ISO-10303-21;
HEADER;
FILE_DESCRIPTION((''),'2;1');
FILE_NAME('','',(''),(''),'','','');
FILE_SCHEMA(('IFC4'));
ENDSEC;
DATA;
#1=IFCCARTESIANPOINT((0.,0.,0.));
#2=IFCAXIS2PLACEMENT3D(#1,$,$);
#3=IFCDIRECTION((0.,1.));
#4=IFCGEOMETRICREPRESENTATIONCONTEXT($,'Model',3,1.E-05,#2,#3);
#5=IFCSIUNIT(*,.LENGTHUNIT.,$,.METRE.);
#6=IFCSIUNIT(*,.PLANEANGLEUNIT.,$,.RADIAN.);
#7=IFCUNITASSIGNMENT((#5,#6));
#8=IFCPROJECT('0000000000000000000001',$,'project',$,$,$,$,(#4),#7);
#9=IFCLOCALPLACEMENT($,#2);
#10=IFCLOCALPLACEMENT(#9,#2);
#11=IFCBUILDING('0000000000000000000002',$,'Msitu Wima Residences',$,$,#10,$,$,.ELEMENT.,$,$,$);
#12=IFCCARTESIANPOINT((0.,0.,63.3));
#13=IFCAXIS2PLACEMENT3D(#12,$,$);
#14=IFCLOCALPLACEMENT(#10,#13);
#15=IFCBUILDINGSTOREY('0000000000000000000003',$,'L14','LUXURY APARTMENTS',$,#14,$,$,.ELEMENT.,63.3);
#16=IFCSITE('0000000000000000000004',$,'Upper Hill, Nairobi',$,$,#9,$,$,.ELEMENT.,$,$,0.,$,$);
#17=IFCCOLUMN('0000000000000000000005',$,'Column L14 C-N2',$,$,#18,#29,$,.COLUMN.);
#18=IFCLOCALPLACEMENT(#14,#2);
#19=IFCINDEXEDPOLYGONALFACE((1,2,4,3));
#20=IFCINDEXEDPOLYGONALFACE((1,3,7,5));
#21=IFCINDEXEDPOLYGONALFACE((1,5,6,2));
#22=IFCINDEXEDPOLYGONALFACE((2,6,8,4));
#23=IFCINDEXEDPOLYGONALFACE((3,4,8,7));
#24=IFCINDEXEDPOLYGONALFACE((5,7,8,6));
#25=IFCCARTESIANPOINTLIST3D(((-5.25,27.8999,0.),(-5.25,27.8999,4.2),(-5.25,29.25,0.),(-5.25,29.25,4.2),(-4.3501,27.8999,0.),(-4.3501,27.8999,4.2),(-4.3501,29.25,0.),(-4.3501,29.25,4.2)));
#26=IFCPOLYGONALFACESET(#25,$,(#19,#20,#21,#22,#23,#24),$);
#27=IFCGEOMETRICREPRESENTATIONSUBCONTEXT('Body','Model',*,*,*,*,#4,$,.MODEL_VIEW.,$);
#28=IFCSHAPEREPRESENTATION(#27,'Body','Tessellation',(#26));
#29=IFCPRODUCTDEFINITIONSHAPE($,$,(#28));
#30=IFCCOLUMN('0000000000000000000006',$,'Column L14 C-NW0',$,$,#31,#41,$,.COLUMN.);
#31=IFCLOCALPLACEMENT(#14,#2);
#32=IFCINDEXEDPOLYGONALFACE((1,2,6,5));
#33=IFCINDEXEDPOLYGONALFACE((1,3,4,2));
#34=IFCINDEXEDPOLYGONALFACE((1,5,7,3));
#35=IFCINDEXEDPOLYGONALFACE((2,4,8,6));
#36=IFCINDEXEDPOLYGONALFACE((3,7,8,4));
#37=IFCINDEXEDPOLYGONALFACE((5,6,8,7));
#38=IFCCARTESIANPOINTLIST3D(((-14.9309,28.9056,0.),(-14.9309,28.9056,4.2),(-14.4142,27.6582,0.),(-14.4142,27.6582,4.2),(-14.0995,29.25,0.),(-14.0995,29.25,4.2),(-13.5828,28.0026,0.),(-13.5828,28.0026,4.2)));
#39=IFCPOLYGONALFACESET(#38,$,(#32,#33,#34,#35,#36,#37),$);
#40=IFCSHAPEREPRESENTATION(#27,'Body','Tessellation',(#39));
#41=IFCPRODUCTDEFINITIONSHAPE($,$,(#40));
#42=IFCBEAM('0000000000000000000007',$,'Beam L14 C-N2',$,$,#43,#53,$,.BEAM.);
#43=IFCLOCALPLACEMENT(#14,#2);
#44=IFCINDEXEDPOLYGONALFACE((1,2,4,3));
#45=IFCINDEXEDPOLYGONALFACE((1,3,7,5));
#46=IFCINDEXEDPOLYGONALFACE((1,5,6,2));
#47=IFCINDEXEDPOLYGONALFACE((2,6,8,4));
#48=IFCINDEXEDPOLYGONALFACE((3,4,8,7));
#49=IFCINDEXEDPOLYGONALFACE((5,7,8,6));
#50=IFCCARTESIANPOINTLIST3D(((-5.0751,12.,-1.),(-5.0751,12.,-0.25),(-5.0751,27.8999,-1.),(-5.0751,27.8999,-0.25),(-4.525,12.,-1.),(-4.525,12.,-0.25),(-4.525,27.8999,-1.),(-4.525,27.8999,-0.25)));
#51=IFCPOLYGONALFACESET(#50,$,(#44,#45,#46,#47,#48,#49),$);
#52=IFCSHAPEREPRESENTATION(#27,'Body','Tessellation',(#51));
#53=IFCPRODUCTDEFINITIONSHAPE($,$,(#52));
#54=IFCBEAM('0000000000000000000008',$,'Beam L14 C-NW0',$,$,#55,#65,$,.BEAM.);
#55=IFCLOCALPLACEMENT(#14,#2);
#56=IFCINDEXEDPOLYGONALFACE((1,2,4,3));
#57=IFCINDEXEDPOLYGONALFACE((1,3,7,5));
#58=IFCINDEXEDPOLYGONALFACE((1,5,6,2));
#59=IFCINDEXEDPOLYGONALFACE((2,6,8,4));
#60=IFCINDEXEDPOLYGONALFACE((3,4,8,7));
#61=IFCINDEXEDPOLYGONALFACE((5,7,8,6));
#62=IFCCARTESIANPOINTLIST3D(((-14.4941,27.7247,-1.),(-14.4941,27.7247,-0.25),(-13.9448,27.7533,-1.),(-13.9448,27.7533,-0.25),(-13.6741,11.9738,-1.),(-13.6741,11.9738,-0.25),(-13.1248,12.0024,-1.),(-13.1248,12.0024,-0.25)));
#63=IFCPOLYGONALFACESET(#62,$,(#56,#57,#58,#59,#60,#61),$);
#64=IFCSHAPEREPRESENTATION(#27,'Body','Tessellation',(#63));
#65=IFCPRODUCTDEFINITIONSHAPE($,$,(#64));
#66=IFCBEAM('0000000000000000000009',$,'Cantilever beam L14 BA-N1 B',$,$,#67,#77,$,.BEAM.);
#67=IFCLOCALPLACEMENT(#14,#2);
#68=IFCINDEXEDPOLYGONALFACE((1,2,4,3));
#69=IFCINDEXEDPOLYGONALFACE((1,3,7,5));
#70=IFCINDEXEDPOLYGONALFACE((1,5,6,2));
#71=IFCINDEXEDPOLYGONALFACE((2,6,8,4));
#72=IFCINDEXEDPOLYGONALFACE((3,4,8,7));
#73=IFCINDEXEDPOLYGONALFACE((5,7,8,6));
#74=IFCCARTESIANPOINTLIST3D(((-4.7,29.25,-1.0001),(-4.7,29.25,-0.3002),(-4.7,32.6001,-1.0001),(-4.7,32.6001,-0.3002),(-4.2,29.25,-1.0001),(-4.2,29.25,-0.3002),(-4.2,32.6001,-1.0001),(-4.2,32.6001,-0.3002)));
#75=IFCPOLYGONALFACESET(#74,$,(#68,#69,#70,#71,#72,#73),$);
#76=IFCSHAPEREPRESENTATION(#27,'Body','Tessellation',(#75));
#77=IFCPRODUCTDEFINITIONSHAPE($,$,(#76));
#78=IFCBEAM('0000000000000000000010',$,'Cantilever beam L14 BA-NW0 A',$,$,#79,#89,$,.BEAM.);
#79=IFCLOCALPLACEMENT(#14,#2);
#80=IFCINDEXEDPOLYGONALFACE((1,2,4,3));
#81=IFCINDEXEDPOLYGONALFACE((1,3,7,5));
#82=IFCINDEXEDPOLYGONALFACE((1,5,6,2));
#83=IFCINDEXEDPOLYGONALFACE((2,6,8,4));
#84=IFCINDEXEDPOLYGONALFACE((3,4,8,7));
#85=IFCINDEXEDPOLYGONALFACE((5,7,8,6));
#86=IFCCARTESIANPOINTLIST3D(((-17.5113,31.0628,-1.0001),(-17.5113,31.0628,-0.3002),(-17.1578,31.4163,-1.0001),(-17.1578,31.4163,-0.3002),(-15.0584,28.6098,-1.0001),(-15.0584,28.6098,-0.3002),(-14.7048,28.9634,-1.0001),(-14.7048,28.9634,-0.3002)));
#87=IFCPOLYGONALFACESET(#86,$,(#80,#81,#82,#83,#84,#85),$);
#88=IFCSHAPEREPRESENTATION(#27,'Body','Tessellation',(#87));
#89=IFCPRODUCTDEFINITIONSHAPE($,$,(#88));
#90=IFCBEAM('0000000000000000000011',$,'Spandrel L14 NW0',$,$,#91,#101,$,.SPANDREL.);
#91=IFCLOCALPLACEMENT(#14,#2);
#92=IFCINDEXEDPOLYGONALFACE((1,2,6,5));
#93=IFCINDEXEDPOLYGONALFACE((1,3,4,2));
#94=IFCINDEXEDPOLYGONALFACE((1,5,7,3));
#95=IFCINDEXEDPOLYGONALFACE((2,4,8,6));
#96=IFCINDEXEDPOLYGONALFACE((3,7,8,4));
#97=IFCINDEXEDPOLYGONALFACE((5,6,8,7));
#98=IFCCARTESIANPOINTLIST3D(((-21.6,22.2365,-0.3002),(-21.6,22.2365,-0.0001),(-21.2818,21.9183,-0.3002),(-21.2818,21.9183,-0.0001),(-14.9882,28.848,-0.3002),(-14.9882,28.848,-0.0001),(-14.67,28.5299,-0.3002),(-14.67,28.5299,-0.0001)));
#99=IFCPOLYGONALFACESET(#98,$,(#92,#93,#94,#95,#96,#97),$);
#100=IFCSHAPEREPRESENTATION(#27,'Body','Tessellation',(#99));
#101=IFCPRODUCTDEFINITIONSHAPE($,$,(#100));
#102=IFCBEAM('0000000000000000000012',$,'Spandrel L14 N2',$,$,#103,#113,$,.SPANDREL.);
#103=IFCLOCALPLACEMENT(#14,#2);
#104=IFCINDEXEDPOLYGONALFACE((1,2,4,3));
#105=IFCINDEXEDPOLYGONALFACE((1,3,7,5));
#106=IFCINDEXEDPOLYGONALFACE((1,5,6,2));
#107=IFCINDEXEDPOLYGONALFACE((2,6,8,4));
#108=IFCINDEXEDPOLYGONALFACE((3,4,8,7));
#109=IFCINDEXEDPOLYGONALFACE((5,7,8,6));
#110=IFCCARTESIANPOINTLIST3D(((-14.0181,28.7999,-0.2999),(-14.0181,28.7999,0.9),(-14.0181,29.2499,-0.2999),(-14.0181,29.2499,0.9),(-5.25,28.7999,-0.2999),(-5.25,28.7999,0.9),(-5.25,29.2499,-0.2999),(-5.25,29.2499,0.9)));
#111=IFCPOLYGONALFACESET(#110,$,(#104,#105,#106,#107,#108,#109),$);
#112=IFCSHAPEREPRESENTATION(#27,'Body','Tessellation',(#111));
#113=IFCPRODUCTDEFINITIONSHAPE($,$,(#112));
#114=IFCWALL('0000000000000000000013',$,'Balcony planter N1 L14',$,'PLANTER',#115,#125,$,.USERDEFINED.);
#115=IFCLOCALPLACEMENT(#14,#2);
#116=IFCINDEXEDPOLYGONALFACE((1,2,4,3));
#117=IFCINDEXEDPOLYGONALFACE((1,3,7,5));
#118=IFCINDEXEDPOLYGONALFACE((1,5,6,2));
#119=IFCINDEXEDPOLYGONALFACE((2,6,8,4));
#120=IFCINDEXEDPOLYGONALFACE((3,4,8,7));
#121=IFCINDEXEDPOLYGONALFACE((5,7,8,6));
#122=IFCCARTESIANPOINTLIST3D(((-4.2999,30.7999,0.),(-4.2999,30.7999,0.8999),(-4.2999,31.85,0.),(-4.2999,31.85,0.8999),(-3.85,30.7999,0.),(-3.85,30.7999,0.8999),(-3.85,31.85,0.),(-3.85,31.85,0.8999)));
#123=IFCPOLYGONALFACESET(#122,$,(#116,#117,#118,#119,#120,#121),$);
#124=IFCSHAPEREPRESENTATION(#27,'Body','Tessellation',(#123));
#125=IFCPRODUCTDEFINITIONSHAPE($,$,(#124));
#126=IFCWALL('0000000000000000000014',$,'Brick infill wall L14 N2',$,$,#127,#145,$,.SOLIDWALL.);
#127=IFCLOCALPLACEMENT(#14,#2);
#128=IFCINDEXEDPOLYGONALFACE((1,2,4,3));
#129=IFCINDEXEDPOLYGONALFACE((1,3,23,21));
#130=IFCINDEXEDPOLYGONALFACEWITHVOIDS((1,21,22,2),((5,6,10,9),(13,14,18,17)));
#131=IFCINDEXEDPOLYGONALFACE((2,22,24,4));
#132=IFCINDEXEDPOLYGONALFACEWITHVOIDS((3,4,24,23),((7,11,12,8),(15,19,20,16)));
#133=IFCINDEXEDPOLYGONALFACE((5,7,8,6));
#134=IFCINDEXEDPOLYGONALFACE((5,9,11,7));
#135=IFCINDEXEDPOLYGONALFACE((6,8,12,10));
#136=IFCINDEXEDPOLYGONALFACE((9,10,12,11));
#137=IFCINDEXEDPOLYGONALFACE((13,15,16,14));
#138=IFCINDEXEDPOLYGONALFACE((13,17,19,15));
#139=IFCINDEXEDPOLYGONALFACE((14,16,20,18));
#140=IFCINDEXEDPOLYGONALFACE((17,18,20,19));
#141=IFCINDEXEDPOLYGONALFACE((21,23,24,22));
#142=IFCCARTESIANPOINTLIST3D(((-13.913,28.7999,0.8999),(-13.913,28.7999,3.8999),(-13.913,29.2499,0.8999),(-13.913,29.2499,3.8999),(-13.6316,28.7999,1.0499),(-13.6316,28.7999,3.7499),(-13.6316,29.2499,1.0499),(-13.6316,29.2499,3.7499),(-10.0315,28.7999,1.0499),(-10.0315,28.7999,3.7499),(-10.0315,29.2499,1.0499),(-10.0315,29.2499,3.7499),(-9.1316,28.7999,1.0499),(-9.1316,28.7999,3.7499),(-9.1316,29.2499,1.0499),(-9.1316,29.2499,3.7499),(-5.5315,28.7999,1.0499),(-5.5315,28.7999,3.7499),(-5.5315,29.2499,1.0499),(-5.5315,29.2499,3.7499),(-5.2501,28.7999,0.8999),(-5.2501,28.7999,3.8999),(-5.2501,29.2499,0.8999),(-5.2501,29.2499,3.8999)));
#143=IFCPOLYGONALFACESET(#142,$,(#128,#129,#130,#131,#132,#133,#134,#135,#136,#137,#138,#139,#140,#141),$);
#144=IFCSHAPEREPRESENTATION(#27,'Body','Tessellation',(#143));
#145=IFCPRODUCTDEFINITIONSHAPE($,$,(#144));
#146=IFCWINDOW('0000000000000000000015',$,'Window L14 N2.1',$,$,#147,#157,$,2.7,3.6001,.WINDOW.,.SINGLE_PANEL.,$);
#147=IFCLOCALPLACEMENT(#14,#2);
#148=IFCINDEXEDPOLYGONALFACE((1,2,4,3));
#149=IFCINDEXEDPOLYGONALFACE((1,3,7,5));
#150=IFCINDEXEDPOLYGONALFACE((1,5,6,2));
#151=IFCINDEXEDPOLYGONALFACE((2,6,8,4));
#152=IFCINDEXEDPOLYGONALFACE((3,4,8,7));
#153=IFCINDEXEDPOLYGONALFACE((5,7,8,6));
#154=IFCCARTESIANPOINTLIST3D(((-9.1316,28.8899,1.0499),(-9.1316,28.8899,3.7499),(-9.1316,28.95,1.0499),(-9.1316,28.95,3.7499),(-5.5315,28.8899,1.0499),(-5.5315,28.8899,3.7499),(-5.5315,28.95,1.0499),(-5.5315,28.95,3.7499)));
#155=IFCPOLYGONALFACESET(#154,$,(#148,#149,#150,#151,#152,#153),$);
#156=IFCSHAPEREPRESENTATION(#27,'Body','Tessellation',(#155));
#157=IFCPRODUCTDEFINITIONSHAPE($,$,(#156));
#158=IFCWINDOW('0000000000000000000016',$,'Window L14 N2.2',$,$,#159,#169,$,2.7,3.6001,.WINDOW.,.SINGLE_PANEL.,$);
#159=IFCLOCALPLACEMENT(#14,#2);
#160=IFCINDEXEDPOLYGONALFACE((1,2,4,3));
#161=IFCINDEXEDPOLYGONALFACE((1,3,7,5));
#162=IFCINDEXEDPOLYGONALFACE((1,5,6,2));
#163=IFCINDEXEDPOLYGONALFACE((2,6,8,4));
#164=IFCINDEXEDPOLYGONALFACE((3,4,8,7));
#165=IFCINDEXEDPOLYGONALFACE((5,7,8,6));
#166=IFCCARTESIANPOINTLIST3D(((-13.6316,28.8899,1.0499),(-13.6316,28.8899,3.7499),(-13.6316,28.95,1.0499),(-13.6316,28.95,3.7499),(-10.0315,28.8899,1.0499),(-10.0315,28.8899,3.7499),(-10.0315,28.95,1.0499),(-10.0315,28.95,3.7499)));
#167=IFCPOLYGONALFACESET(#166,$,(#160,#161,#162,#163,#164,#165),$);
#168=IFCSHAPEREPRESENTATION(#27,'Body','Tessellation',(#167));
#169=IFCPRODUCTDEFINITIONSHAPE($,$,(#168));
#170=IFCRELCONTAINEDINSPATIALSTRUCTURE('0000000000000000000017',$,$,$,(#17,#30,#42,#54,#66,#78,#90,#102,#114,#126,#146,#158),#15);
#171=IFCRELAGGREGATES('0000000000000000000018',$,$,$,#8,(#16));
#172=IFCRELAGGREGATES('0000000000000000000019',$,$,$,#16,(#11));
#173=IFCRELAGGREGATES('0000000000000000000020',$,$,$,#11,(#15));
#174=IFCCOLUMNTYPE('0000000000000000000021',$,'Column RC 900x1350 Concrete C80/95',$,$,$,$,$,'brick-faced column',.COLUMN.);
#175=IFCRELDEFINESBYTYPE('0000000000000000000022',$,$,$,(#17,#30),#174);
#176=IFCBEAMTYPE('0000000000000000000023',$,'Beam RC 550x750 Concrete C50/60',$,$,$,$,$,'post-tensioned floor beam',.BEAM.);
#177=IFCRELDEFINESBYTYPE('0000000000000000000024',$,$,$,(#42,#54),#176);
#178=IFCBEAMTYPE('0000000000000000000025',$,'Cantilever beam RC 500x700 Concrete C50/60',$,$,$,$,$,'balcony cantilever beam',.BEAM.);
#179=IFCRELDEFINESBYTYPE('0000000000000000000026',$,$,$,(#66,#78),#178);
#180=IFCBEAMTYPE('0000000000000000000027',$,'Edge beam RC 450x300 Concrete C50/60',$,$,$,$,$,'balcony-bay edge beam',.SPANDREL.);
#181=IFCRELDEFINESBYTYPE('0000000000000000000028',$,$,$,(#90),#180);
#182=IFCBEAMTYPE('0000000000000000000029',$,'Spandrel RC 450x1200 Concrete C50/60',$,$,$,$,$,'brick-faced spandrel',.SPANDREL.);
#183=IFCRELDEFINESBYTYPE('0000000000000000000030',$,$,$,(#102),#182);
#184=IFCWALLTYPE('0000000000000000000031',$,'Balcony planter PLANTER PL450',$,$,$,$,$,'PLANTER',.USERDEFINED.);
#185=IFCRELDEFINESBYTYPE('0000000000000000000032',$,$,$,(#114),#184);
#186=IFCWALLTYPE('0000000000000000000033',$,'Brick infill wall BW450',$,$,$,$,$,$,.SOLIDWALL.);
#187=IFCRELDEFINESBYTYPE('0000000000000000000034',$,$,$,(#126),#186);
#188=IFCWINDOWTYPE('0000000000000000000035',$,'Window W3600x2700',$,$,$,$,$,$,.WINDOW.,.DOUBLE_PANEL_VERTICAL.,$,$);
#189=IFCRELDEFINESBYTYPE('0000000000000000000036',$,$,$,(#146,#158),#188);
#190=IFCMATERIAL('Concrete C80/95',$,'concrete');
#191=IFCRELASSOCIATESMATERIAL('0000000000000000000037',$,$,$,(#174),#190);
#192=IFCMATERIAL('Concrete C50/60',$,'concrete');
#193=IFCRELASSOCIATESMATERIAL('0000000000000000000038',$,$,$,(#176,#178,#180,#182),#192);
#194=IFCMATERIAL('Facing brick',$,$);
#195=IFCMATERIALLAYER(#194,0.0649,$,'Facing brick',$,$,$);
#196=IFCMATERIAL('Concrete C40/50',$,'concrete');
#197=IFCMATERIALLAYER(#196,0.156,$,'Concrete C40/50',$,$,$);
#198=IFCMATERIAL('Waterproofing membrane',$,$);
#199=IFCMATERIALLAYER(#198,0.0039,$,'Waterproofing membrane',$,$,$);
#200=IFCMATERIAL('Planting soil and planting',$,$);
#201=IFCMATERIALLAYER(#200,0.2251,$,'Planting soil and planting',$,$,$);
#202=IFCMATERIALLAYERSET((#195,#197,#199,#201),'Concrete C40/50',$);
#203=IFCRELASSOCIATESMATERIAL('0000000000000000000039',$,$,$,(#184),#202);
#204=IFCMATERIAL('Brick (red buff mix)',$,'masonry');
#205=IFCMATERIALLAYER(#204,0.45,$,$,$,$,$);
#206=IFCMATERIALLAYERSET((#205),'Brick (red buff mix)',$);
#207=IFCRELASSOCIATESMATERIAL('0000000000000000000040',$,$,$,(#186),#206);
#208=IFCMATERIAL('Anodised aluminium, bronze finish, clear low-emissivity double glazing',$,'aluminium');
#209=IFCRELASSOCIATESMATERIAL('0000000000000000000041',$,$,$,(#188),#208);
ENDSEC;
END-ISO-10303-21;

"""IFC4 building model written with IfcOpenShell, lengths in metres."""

from ifc_helpers import new_model, si_unit, direction, frame, frame_2d, origin, origin_2d, place, context, subcontext, project, spatial, rectangle, extrude, material, layer, layer_set, material_profile, profile_set, type_object, element, fill, save


model = new_model("IFC4")

# Units and contexts
model_context = context("Model", 3, precision=1e-05, world=origin(), true_north=direction((0.0, 1.0)))
body_context = subcontext(model_context, "Body", "Model", "MODEL_VIEW")
ifc_project = project(units=[si_unit("LENGTHUNIT", "METRE"), si_unit("PLANEANGLEUNIT", "RADIAN")], contexts=[model_context])

# Site, building, storey
site_placement = place(None, origin())
site = spatial("IfcSite", under=ifc_project, at=site_placement, Name="Upper Hill, Nairobi", CompositionType="ELEMENT", RefElevation=0.0)
building_placement = place(site_placement, origin())
building = spatial("IfcBuilding", under=site, at=building_placement, Name="Msitu Wima Residences", CompositionType="ELEMENT")
storey_placement = place(building_placement, frame((0.0, 0.0, 63.3)))
storey = spatial("IfcBuildingStorey", under=building, at=storey_placement, Name="L14", Description="LUXURY APARTMENTS", CompositionType="ELEMENT", Elevation=63.3)

# Columns
ifc_material_1 = material(Name="Concrete C80/95", Category="concrete")
ifc_material_profile_1 = material_profile(ifc_material_1, rectangle(XDim=0.8999, YDim=1.3501, at=origin_2d()), Name="RC 900x1350")
ifc_profile_set_1 = profile_set([ifc_material_profile_1], Name="Concrete C80/95")
column_type = type_object("IfcColumnType", Name="Column RC 900x1350 Concrete C80/95", ElementType="brick-faced column", PredefinedType="COLUMN", material=ifc_profile_set_1)
for number, where, z_axis, x_axis, name in (
    (1, (-4.8, 28.575, 0.0), (0.0, 0.0, 1.0), (-1.0, 0.0, 0.0), "Column L14 C-N2"),
    (2, (-14.2568, 28.4541, 0.0), (0.0, 0.0, 1.0), (-0.92388, -0.382683, 0.0), "Column L14 C-NW0"),
):
    element("IfcColumn", number, at=place(storey_placement, frame(where, z_axis=z_axis, x_axis=x_axis)), inside=storey, type_object=column_type, Name=name, PredefinedType="COLUMN", context=body_context, shape_type="SweptSolid", body=[
        extrude(rectangle(XDim=0.8999, YDim=1.3501, at=origin_2d()), origin(), (0.0, 0.0, 1.0), 4.2),
    ])

# Beams
ifc_material_2 = material(Name="Concrete C50/60", Category="concrete")
ifc_material_profile_2 = material_profile(ifc_material_2, rectangle(XDim=0.55, YDim=0.75, at=origin_2d()), Name="RC 550x750")
ifc_profile_set_2 = profile_set([ifc_material_profile_2], Name="Concrete C50/60")
beam_type_1 = type_object("IfcBeamType", Name="Beam RC 550x750 Concrete C50/60", ElementType="post-tensioned floor beam", PredefinedType="BEAM", material=ifc_profile_set_2)
beam_1_placement = place(storey_placement, frame((-4.8, 27.8999, -0.625), z_axis=(0.0, -1.0, 0.0), x_axis=(1.0, 0.0, 0.0)))
element("IfcBeam", 3, at=beam_1_placement, inside=storey, type_object=beam_type_1, Name="Beam L14 C-N2", PredefinedType="BEAM", context=body_context, shape_type="SweptSolid", body=[
    extrude(rectangle(XDim=0.55, YDim=0.75, at=origin_2d()), origin(), (0.0, 0.0, 1.0), 15.8999),
])
beam_2_placement = place(storey_placement, frame((-14.2195, 27.739, -0.625), z_axis=(0.051994, -0.998647, 0.0), x_axis=(0.998647, 0.051994, 0.0)))
element("IfcBeam", 4, at=beam_2_placement, inside=storey, type_object=beam_type_1, Name="Beam L14 C-NW0", PredefinedType="BEAM", context=body_context, shape_type="SweptSolid", body=[
    extrude(rectangle(XDim=0.55, YDim=0.75, at=origin_2d()), origin(), (0.0, 0.0, 1.0), 15.7722),
])
ifc_material_profile_3 = material_profile(ifc_material_2, rectangle(XDim=0.5, YDim=0.7, at=origin_2d()), Name="RC 500x700")
ifc_profile_set_3 = profile_set([ifc_material_profile_3], Name="Concrete C50/60")
beam_type_2 = type_object("IfcBeamType", Name="Cantilever beam RC 500x700 Concrete C50/60", ElementType="balcony cantilever beam", PredefinedType="BEAM", material=ifc_profile_set_3)
beam_3_placement = place(storey_placement, frame((-4.45, 29.25, -0.6501), z_axis=(0.0, 1.0, 0.0), x_axis=(-1.0, 0.0, 0.0)))
element("IfcBeam", 5, at=beam_3_placement, inside=storey, type_object=beam_type_2, Name="Cantilever beam L14 BA-N1 B", PredefinedType="BEAM", context=body_context, shape_type="SweptSolid", body=[
    extrude(rectangle(XDim=0.5, YDim=0.7, at=origin_2d()), origin(), (0.0, 0.0, 1.0), 3.3501),
])
beam_4_placement = place(storey_placement, frame((-14.8816, 28.7866, -0.6501), z_axis=(-0.707107, 0.707107, 0.0), x_axis=(-0.707107, -0.707107, 0.0)))
element("IfcBeam", 6, at=beam_4_placement, inside=storey, type_object=beam_type_2, Name="Cantilever beam L14 BA-NW0 A", PredefinedType="BEAM", context=body_context, shape_type="SweptSolid", body=[
    extrude(rectangle(XDim=0.5, YDim=0.7, at=origin_2d()), origin(), (0.0, 0.0, 1.0), 3.469),
])
ifc_material_profile_4 = material_profile(ifc_material_2, rectangle(XDim=0.45, YDim=0.3, at=origin_2d()), Name="RC 450x300")
ifc_profile_set_4 = profile_set([ifc_material_profile_4], Name="Concrete C50/60")
beam_type_3 = type_object("IfcBeamType", Name="Edge beam RC 450x300 Concrete C50/60", ElementType="balcony-bay edge beam", PredefinedType="SPANDREL", material=ifc_profile_set_4)
beam_5_placement = place(storey_placement, frame((-14.8291, 28.689, -0.1501), z_axis=(-0.70712, -0.707094, 0.0), x_axis=(0.707094, -0.70712, 0.0)))
element("IfcBeam", 7, at=beam_5_placement, inside=storey, type_object=beam_type_3, Name="Spandrel L14 NW0", PredefinedType="SPANDREL", context=body_context, shape_type="SweptSolid", body=[
    extrude(rectangle(XDim=0.45, YDim=0.3, at=origin_2d()), origin(), (0.0, 0.0, 1.0), 9.3503),
])
ifc_material_profile_5 = material_profile(ifc_material_2, rectangle(XDim=0.45, YDim=1.2, at=origin_2d()), Name="RC 450x1200")
ifc_profile_set_5 = profile_set([ifc_material_profile_5], Name="Concrete C50/60")
beam_type_4 = type_object("IfcBeamType", Name="Spandrel RC 450x1200 Concrete C50/60", ElementType="brick-faced spandrel", PredefinedType="SPANDREL", material=ifc_profile_set_5)
beam_6_placement = place(storey_placement, frame((-5.25, 29.0249, 0.3), z_axis=(-1.0, 0.0, 0.0), x_axis=(0.0, -1.0, 0.0)))
element("IfcBeam", 8, at=beam_6_placement, inside=storey, type_object=beam_type_4, Name="Spandrel L14 N2", PredefinedType="SPANDREL", context=body_context, shape_type="SweptSolid", body=[
    extrude(rectangle(XDim=0.45, YDim=1.2, at=origin_2d()), origin(), (0.0, 0.0, 1.0), 8.7681),
])

# Wall
ifc_material_3 = material(Name="Facing brick")
ifc_layer_1 = layer(ifc_material_3, 0.0649, Name="Facing brick")
ifc_material_4 = material(Name="Concrete C40/50", Category="concrete")
ifc_layer_2 = layer(ifc_material_4, 0.156, Name="Concrete C40/50")
ifc_material_5 = material(Name="Waterproofing membrane")
ifc_layer_3 = layer(ifc_material_5, 0.0039, Name="Waterproofing membrane")
ifc_material_6 = material(Name="Planting soil and planting")
ifc_layer_4 = layer(ifc_material_6, 0.2251, Name="Planting soil and planting")
ifc_layer_set_1 = layer_set([ifc_layer_1, ifc_layer_2, ifc_layer_3, ifc_layer_4], Name="Concrete C40/50")
wall_type_1 = type_object("IfcWallType", Name="Balcony planter PLANTER PL450", ElementType="PLANTER", PredefinedType="USERDEFINED", material=ifc_layer_set_1)
wall_1_placement = place(storey_placement, frame((-4.075, 30.8, 0.0), z_axis=(0.0, 0.0, 1.0), x_axis=(0.0, 1.0, 0.0)))
element("IfcWall", 9, at=wall_1_placement, inside=storey, type_object=wall_type_1, Name="Balcony planter N1 L14", ObjectType="PLANTER", PredefinedType="USERDEFINED", context=body_context, shape_type="SweptSolid", body=[
    extrude(rectangle(XDim=1.05, YDim=0.45, at=frame_2d((0.5249, 0.0))), origin(), (0.0, 0.0, 1.0), 0.8999),
])

# Wall, openings, windows
ifc_material_7 = material(Name="Brick (red buff mix)", Category="masonry")
ifc_layer_5 = layer(ifc_material_7, 0.45)
ifc_layer_set_2 = layer_set([ifc_layer_5], Name="Brick (red buff mix)")
wall_type_2 = type_object("IfcWallType", Name="Brick infill wall BW450", PredefinedType="SOLIDWALL", material=ifc_layer_set_2)
wall_2_placement = place(storey_placement, frame((-5.25, 29.0249, 0.8999), z_axis=(0.0, 0.0, 1.0), x_axis=(-1.0, 0.0, 0.0)))
wall_2 = element("IfcWall", 10, at=wall_2_placement, inside=storey, type_object=wall_type_2, Name="Brick infill wall L14 N2", PredefinedType="SOLIDWALL", context=body_context, shape_type="SweptSolid", body=[
    extrude(rectangle(XDim=8.6628, YDim=0.45, at=frame_2d((4.3315, 0.0))), origin(), (0.0, 0.0, 1.0), 3.0),
])
opening_1_placement = place(wall_2_placement, frame((0.2815, 0.0, 0.1499)))
opening_1 = element("IfcOpeningElement", 11, at=opening_1_placement, cuts=wall_2, PredefinedType="OPENING", context=body_context, shape_type="SweptSolid", body=[
    extrude(rectangle(XDim=3.6001, YDim=2.7, at=frame_2d((1.8, 1.3501))), frame((0.0, 0.2349, 0.0), z_axis=(0.0, -1.0, 0.0), x_axis=(1.0, 0.0, 0.0)), (0.0, 0.0, 1.0), 0.47),
])
opening_2_placement = place(wall_2_placement, frame((4.7815, 0.0, 0.1499)))
opening_2 = element("IfcOpeningElement", 12, at=opening_2_placement, cuts=wall_2, PredefinedType="OPENING", context=body_context, shape_type="SweptSolid", body=[
    extrude(rectangle(XDim=3.6001, YDim=2.7, at=frame_2d((1.8, 1.3501))), frame((0.0, 0.2349, 0.0), z_axis=(0.0, -1.0, 0.0), x_axis=(1.0, 0.0, 0.0)), (0.0, 0.0, 1.0), 0.47),
])
ifc_material_8 = material(Name="Anodised aluminium, bronze finish, clear low-emissivity double glazing", Category="aluminium")
window_type = type_object("IfcWindowType", Name="Window W3600x2700", PartitioningType="DOUBLE_PANEL_VERTICAL", PredefinedType="WINDOW", material=ifc_material_8)
window_1_placement = place(opening_1_placement, origin())
window_1 = element("IfcWindow", 13, at=window_1_placement, inside=storey, type_object=window_type, Name="Window L14 N2.1", OverallHeight=2.7, OverallWidth=3.6001, PartitioningType="SINGLE_PANEL", PredefinedType="WINDOW", context=body_context, shape_type="SweptSolid", body=[
    extrude(rectangle(XDim=3.6001, YDim=2.7, at=frame_2d((1.8, 1.3501))), frame((0.0, 0.135, 0.0), z_axis=(0.0, -1.0, 0.0), x_axis=(1.0, 0.0, 0.0)), (0.0, 0.0, 1.0), 0.0601),
])
fill(opening_1, window_1)
window_2_placement = place(opening_2_placement, origin())
window_2 = element("IfcWindow", 14, at=window_2_placement, inside=storey, type_object=window_type, Name="Window L14 N2.2", OverallHeight=2.7, OverallWidth=3.6001, PartitioningType="SINGLE_PANEL", PredefinedType="WINDOW", context=body_context, shape_type="SweptSolid", body=[
    extrude(rectangle(XDim=3.6001, YDim=2.7, at=frame_2d((1.8, 1.3501))), frame((0.0, 0.135, 0.0), z_axis=(0.0, -1.0, 0.0), x_axis=(1.0, 0.0, 0.0)), (0.0, 0.0, 1.0), 0.0601),
])
fill(opening_2, window_2)

save(model, "model.ifc")
